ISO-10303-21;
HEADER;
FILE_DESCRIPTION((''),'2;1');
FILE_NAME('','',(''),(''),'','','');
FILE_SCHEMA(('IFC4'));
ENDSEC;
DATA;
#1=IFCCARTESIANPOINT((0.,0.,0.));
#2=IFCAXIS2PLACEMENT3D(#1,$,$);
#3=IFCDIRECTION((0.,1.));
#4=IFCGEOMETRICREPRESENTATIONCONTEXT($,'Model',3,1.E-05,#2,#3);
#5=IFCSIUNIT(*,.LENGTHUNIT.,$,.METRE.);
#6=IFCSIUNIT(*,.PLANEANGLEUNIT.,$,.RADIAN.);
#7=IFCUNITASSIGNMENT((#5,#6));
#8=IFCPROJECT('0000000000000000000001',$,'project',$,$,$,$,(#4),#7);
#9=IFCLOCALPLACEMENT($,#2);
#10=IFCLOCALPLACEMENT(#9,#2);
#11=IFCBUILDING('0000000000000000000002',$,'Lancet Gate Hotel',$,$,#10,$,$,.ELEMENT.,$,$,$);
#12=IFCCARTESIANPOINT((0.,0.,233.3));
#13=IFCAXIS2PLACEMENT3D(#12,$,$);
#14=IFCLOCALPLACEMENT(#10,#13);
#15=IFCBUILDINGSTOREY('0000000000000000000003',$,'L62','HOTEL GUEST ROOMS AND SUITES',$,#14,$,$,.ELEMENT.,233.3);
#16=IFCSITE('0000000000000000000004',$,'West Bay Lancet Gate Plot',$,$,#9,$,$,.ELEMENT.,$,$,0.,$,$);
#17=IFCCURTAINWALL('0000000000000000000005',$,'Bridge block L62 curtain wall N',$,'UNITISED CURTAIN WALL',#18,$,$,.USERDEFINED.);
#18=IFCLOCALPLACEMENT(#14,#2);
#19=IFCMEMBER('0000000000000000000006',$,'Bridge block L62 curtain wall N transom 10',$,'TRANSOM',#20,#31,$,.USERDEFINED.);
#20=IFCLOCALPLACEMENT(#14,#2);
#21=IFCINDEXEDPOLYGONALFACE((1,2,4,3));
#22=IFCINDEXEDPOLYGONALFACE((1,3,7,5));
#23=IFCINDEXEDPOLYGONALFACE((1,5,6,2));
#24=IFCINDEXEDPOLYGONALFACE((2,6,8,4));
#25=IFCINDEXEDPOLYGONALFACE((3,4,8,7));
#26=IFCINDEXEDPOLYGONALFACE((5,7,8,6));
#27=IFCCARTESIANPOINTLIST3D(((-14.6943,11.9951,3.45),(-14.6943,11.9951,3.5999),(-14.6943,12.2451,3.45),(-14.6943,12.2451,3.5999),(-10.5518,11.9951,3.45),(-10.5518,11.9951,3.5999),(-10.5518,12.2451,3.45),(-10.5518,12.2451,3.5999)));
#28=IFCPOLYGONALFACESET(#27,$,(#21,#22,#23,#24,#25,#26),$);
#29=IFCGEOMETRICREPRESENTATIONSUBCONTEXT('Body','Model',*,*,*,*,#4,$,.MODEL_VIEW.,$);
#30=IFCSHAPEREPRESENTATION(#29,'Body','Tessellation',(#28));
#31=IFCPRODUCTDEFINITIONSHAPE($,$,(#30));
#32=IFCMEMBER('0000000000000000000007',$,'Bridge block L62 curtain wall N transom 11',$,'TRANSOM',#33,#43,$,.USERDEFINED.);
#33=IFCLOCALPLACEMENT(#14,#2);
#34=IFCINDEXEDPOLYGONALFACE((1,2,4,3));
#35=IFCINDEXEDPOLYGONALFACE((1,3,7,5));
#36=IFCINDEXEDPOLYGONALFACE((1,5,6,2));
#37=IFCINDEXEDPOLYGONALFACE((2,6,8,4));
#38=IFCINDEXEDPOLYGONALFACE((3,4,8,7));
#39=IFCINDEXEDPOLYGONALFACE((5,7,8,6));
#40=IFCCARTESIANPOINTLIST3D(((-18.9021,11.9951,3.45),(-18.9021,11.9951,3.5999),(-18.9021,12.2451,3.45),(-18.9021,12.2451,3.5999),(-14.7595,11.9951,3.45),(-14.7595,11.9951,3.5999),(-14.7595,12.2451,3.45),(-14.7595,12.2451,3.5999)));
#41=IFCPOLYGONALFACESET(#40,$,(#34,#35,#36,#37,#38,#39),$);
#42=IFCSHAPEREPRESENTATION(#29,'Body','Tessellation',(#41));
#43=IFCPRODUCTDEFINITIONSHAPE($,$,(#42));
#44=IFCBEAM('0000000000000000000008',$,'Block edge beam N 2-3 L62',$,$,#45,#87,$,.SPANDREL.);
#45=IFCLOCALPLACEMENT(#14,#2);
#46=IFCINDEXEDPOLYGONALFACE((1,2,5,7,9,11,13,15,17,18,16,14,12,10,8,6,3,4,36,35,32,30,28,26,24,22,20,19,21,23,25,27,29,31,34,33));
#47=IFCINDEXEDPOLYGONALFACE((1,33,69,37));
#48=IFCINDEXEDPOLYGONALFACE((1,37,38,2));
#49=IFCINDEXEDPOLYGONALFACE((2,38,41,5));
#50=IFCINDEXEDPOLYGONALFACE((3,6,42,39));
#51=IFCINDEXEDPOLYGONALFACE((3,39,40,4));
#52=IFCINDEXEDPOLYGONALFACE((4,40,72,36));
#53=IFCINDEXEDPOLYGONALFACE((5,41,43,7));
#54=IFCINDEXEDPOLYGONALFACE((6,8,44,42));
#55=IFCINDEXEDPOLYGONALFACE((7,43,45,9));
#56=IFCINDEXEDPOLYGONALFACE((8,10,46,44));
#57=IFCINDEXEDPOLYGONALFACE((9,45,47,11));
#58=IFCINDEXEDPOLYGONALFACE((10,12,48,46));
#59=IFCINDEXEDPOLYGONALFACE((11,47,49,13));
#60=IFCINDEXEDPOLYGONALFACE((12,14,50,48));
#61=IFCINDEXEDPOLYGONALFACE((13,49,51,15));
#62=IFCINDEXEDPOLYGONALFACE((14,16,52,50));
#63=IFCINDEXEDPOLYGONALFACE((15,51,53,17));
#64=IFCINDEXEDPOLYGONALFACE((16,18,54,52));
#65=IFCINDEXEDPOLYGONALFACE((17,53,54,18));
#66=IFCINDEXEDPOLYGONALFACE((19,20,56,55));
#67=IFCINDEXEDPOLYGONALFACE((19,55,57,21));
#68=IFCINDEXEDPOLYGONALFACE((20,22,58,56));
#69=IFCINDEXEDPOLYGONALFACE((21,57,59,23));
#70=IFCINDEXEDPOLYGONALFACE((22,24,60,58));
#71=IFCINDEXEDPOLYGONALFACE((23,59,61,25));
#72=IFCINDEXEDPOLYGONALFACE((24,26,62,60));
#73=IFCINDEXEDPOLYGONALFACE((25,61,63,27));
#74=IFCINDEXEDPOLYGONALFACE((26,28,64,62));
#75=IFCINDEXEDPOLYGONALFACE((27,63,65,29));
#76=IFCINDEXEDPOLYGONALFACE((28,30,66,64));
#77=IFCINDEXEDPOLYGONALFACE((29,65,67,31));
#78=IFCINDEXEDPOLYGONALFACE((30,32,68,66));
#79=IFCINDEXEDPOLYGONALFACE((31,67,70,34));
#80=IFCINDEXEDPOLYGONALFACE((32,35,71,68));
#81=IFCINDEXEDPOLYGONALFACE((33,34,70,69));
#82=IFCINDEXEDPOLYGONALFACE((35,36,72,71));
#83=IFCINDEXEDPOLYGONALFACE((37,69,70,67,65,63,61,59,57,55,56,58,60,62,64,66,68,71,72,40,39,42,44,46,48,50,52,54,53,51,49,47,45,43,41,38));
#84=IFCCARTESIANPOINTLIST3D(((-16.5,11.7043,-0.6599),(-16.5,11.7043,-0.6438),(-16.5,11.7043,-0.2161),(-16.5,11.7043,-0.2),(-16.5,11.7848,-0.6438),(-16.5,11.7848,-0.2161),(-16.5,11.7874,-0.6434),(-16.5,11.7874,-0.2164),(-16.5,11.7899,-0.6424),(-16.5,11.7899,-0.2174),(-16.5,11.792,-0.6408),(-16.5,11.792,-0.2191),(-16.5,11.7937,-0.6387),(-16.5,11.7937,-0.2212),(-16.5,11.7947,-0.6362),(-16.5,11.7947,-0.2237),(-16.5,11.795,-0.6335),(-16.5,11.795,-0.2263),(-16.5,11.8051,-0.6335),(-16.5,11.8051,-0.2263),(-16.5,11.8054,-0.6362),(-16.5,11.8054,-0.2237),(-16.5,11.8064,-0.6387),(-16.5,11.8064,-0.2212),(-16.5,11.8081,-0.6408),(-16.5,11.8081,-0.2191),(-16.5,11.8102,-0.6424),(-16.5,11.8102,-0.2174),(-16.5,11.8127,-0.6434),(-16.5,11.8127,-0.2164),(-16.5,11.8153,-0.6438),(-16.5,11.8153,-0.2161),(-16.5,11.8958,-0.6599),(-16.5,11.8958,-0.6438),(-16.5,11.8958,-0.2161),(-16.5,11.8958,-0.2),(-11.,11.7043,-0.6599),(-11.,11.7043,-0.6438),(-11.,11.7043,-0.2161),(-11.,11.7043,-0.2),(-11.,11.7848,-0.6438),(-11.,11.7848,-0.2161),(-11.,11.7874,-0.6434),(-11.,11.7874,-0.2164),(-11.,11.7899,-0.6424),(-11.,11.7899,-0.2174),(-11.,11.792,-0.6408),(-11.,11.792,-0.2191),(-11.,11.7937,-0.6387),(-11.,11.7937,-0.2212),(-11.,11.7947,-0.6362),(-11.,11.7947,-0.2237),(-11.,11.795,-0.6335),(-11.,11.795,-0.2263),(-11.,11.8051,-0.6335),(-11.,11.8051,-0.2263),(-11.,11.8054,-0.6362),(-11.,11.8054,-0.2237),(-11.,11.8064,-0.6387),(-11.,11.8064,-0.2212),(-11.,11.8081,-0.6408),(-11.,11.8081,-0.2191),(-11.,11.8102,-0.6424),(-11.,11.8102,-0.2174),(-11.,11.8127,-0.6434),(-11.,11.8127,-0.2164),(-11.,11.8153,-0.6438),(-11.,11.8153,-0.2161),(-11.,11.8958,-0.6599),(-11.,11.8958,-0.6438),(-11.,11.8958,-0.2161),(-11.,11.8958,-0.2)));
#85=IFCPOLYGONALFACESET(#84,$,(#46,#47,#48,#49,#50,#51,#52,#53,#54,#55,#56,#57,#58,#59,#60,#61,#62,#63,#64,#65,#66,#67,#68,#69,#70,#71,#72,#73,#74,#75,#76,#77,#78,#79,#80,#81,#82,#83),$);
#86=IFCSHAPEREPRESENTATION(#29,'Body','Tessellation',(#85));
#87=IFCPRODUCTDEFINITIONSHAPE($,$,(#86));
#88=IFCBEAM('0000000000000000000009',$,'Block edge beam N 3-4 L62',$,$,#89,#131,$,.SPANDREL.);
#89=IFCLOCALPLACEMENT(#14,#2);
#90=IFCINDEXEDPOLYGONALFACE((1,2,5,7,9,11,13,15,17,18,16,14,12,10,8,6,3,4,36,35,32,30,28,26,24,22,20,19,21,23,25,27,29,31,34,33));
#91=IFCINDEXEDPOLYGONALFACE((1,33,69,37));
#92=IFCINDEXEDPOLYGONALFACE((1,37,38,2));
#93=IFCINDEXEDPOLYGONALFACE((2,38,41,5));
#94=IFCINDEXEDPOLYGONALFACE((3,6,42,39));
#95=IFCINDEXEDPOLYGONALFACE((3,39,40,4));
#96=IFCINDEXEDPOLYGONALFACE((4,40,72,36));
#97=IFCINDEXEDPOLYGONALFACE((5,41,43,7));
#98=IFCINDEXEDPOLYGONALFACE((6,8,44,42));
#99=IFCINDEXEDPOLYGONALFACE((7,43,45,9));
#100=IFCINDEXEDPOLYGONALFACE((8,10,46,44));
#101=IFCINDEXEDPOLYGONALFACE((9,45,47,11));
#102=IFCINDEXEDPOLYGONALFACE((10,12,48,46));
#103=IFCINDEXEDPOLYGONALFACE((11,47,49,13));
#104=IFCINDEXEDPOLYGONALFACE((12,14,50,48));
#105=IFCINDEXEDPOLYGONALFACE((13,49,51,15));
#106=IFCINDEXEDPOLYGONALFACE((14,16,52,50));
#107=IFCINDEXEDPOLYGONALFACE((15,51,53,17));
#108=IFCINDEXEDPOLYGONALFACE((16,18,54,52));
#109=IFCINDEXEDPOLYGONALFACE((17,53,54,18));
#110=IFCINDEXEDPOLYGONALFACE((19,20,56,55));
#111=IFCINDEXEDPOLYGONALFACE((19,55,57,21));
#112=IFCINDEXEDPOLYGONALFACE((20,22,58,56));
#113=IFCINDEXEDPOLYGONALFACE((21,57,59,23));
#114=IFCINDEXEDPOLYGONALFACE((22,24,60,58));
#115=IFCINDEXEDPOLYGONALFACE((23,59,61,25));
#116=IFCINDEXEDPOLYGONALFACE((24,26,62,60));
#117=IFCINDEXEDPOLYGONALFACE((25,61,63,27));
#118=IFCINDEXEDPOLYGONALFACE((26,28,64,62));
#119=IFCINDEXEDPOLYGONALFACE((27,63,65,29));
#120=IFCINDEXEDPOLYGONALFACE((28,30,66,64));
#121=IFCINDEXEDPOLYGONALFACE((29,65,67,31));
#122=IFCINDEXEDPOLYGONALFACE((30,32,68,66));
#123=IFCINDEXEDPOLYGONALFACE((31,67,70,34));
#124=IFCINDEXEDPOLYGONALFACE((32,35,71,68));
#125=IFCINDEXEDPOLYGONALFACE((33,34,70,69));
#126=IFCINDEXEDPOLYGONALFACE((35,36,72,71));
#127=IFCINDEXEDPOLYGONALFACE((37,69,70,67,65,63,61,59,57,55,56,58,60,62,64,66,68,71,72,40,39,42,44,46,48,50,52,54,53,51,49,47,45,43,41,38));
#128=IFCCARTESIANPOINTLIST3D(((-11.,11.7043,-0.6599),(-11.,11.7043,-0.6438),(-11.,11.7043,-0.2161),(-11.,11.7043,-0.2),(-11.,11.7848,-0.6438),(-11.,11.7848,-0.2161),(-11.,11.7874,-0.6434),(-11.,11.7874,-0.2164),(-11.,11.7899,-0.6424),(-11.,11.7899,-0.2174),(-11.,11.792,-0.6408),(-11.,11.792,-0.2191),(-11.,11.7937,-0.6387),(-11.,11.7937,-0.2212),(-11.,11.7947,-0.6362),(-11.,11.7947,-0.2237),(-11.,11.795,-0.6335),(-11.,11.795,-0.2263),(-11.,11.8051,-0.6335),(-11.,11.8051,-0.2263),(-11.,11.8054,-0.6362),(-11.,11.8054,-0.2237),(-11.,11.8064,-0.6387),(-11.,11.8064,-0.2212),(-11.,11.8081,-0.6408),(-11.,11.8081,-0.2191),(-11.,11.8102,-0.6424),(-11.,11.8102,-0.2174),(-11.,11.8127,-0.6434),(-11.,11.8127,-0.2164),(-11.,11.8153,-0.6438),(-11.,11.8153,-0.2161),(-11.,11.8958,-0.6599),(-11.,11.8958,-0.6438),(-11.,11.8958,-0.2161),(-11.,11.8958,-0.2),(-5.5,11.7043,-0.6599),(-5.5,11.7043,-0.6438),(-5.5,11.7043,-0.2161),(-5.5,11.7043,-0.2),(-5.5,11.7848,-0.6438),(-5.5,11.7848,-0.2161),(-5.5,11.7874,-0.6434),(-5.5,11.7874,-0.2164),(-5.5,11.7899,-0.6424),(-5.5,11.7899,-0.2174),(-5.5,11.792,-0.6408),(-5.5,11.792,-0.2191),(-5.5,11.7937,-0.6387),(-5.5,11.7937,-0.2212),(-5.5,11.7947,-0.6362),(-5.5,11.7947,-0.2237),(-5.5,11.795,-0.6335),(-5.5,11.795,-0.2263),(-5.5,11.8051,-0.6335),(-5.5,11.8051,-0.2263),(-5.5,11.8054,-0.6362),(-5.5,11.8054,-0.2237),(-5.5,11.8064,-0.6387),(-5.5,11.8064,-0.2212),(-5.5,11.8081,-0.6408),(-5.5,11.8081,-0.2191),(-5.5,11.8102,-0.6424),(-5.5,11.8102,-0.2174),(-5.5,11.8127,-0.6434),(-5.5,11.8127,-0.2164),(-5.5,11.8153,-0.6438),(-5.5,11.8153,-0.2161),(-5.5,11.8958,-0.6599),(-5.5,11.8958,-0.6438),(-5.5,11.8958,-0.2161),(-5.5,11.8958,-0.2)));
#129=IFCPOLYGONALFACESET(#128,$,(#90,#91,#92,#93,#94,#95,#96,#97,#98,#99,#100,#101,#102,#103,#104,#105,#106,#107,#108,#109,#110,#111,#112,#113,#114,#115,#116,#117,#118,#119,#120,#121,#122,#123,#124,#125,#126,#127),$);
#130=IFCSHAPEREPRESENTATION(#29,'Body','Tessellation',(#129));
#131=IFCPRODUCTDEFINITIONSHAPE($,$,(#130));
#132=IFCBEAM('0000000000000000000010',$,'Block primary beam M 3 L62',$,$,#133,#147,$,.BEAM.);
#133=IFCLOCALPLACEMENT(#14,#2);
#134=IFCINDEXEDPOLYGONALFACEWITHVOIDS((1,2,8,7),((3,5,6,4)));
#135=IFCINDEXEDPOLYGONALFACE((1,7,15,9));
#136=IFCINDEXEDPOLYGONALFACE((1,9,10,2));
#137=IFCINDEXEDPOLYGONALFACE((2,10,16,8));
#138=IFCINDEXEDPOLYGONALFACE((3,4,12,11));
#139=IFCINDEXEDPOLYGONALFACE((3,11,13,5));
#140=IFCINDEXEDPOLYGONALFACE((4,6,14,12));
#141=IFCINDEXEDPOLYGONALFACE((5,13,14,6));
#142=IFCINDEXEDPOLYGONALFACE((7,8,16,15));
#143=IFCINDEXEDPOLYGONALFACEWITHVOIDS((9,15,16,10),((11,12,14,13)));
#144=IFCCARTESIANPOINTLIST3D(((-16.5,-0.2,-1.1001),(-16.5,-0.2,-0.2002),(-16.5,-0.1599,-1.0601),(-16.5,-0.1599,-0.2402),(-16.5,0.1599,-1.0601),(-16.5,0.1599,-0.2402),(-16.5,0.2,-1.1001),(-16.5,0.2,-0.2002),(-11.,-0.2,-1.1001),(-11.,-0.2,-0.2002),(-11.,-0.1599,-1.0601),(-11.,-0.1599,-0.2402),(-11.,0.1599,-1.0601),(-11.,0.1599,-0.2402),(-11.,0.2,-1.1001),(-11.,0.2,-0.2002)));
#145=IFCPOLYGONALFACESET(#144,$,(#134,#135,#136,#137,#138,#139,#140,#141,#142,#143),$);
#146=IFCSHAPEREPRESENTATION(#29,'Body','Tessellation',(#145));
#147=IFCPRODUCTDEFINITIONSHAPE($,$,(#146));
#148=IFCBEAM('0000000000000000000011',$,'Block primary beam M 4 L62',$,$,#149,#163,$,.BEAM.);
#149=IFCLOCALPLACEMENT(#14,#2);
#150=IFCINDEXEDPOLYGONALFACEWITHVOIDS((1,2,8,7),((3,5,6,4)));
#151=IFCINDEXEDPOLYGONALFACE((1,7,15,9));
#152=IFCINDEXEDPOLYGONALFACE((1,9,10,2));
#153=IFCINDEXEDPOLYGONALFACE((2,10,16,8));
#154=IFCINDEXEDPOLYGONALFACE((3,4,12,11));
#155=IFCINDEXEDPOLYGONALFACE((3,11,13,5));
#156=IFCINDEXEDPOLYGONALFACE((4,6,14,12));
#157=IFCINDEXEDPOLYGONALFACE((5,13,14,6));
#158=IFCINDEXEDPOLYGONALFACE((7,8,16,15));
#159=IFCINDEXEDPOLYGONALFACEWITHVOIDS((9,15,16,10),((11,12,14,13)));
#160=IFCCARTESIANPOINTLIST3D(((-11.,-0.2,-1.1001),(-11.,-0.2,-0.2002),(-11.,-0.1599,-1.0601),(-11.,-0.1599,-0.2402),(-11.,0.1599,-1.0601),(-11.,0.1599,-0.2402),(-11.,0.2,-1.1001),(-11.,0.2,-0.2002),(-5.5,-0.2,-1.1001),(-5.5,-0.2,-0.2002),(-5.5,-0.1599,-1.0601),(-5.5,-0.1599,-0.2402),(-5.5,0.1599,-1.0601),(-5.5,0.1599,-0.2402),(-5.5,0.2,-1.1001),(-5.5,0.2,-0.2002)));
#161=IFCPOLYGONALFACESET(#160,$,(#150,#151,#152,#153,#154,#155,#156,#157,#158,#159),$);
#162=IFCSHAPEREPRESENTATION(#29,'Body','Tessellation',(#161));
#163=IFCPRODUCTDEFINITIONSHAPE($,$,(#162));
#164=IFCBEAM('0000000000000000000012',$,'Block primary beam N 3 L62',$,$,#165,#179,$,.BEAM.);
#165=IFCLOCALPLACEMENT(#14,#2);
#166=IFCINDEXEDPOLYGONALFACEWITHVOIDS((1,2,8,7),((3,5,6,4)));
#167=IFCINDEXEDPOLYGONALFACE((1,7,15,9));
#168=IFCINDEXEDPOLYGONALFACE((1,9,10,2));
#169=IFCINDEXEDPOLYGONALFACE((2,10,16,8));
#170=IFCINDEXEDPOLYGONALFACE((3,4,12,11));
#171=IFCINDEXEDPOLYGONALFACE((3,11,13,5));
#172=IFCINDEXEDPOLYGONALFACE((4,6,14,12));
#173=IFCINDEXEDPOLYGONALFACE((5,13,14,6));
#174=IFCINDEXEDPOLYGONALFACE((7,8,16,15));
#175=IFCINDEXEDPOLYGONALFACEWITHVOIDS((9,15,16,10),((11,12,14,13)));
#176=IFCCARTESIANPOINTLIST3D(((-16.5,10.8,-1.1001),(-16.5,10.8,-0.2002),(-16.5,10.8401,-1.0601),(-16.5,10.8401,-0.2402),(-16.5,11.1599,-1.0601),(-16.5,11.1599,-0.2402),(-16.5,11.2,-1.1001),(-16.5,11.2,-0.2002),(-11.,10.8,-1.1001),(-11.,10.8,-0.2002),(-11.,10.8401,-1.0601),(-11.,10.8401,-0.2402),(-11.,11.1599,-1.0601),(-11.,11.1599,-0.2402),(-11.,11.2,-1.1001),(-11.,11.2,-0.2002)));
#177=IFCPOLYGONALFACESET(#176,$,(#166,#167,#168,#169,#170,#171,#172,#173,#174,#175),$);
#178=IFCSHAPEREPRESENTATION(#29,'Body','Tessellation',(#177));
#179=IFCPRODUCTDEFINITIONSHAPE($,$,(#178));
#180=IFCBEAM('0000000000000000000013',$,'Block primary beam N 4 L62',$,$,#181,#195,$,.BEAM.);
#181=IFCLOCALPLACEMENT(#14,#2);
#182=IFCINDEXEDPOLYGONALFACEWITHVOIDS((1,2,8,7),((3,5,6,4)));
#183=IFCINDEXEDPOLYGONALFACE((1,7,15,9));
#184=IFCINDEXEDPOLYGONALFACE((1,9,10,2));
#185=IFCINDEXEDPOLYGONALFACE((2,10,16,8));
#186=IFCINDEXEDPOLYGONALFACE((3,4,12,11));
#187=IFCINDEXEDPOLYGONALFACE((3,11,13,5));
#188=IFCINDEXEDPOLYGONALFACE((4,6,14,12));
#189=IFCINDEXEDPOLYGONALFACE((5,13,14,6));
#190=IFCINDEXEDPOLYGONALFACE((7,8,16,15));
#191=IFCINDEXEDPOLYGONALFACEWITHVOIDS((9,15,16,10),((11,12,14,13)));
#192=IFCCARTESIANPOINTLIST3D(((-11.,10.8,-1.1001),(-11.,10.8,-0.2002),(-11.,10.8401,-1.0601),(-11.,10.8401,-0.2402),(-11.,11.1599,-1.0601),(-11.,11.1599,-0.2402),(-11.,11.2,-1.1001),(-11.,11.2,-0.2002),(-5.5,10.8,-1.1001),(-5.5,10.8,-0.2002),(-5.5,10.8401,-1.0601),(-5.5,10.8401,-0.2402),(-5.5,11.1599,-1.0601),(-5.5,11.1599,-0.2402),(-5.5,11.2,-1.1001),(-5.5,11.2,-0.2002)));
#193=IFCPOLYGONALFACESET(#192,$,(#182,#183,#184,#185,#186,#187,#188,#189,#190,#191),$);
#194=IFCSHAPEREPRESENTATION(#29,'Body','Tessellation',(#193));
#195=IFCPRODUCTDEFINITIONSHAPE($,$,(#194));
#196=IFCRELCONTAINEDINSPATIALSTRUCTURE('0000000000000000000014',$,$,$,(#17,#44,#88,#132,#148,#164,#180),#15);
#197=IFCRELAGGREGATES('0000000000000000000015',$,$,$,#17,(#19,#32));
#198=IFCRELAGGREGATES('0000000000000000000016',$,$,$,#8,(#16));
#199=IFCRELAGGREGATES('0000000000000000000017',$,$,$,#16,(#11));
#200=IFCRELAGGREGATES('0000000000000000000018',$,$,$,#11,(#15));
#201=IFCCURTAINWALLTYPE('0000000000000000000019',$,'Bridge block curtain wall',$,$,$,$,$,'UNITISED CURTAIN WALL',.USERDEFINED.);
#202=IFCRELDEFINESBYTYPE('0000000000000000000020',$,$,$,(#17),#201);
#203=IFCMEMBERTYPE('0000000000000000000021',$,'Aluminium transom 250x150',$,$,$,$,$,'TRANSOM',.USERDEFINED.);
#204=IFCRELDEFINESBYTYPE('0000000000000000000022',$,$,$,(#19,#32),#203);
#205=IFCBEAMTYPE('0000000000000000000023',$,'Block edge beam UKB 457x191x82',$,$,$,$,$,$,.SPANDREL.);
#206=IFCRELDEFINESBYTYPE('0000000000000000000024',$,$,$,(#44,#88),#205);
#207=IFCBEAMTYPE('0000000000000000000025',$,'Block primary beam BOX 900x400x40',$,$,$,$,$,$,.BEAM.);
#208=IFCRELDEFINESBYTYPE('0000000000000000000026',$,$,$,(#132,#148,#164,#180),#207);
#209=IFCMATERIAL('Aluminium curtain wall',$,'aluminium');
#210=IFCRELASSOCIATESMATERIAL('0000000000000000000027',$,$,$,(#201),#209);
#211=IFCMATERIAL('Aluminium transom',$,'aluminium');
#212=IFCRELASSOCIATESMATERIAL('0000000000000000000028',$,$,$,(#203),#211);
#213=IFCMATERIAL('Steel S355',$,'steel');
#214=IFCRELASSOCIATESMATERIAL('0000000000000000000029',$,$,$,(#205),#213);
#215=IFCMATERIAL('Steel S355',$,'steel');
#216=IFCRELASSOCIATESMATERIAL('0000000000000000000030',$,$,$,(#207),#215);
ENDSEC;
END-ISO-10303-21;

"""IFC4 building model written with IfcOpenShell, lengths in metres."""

from ifc_helpers import new_model, si_unit, direction, frame, origin, origin_2d, place, context, subcontext, project, spatial, rectangle, hollow_rectangle, i_section, extrude, material, material_profile, profile_set, type_object, element, aggregate, save


model = new_model("IFC4")

# Units and contexts
model_context = context("Model", 3, precision=1e-05, world=origin(), true_north=direction((0.0, 1.0)))
body_context = subcontext(model_context, "Body", "Model", "MODEL_VIEW")
ifc_project = project(units=[si_unit("LENGTHUNIT", "METRE"), si_unit("PLANEANGLEUNIT", "RADIAN")], contexts=[model_context])

# Site, building, storey
site_placement = place(None, origin())
site = spatial("IfcSite", under=ifc_project, at=site_placement, Name="West Bay Lancet Gate Plot", CompositionType="ELEMENT", RefElevation=0.0)
building_placement = place(site_placement, origin())
building = spatial("IfcBuilding", under=site, at=building_placement, Name="Lancet Gate Hotel", CompositionType="ELEMENT")
storey_placement = place(building_placement, frame((0.0, 0.0, 233.3)))
storey = spatial("IfcBuildingStorey", under=building, at=storey_placement, Name="L62", Description="HOTEL GUEST ROOMS AND SUITES", CompositionType="ELEMENT", Elevation=233.3)

# Curtain wall, members
ifc_material_1 = material(Name="Aluminium curtain wall", Category="aluminium")
curtain_wall_type = type_object("IfcCurtainWallType", Name="Bridge block curtain wall", ElementType="UNITISED CURTAIN WALL", PredefinedType="USERDEFINED", material=ifc_material_1)
curtain_wall_placement = place(storey_placement, origin())
curtain_wall = element("IfcCurtainWall", 1, at=curtain_wall_placement, inside=storey, type_object=curtain_wall_type, Name="Bridge block L62 curtain wall N", ObjectType="UNITISED CURTAIN WALL", PredefinedType="USERDEFINED")
ifc_material_2 = material(Name="Aluminium transom", Category="aluminium")
ifc_material_profile_1 = material_profile(ifc_material_2, rectangle(XDim=0.25, YDim=0.1499, at=origin_2d()), Name="TRANSOM 250x150")
ifc_profile_set_1 = profile_set([ifc_material_profile_1], Name="Aluminium transom")
member_type_1 = type_object("IfcMemberType", Name="Aluminium transom 250x150", ElementType="TRANSOM", PredefinedType="USERDEFINED", material=ifc_profile_set_1)
member_1_placement = place(storey_placement, frame((-10.5518, 12.1201, 3.5249), z_axis=(-1.0, 0.0, 0.0), x_axis=(0.0, -1.0, 0.0)))
member_1 = element("IfcMember", 2, at=member_1_placement, type_object=member_type_1, Name="Bridge block L62 curtain wall N transom 10", ObjectType="TRANSOM", PredefinedType="USERDEFINED", context=body_context, shape_type="SweptSolid", body=[
    extrude(rectangle(XDim=0.25, YDim=0.1499, at=origin_2d()), origin(), (0.0, 0.0, 1.0), 4.1426),
])
member_2_placement = place(storey_placement, frame((-14.7595, 12.1201, 3.5249), z_axis=(-1.0, 0.0, 0.0), x_axis=(0.0, -1.0, 0.0)))
member_2 = element("IfcMember", 3, at=member_2_placement, type_object=member_type_1, Name="Bridge block L62 curtain wall N transom 11", ObjectType="TRANSOM", PredefinedType="USERDEFINED", context=body_context, shape_type="SweptSolid", body=[
    extrude(rectangle(XDim=0.25, YDim=0.1499, at=origin_2d()), origin(), (0.0, 0.0, 1.0), 4.1426),
])

# Beams
ifc_material_3 = material(Name="Steel S355", Category="steel")
ifc_material_profile_2 = material_profile(ifc_material_3, i_section(OverallWidth=0.1914, OverallDepth=0.46, WebThickness=0.01, FlangeThickness=0.0161, FilletRadius=0.0103, at=origin_2d()), Name="UKB 457x191x82")
ifc_profile_set_2 = profile_set([ifc_material_profile_2], Name="Steel S355")
beam_type_1 = type_object("IfcBeamType", Name="Block edge beam UKB 457x191x82", PredefinedType="SPANDREL", material=ifc_profile_set_2)
for number, where, z_axis, x_axis, name in (
    (4, (-16.5, 11.8, -0.4299), (1.0, 0.0, 0.0), (0.0, 1.0, 0.0), "Block edge beam N 2-3 L62"),
    (5, (-11.0, 11.8, -0.4299), (1.0, 0.0, 0.0), (0.0, 1.0, 0.0), "Block edge beam N 3-4 L62"),
):
    element("IfcBeam", number, at=place(storey_placement, frame(where, z_axis=z_axis, x_axis=x_axis)), inside=storey, type_object=beam_type_1, Name=name, PredefinedType="SPANDREL", context=body_context, shape_type="SweptSolid", body=[
        extrude(i_section(OverallWidth=0.1914, OverallDepth=0.46, WebThickness=0.01, FlangeThickness=0.0161, FilletRadius=0.0103, at=origin_2d()), origin(), (0.0, 0.0, 1.0), 5.5),
    ])
ifc_material_4 = material(Name="Steel S355", Category="steel")
ifc_material_profile_3 = material_profile(ifc_material_4, hollow_rectangle(XDim=0.3999, YDim=0.8999, WallThickness=0.04, at=origin_2d()), Name="BOX 900x400x40")
ifc_profile_set_3 = profile_set([ifc_material_profile_3], Name="Steel S355")
beam_type_2 = type_object("IfcBeamType", Name="Block primary beam BOX 900x400x40", PredefinedType="BEAM", material=ifc_profile_set_3)
for number, where, z_axis, x_axis, name in (
    (6, (-16.5, 0.0, -0.6501), (1.0, 0.0, 0.0), (0.0, 1.0, 0.0), "Block primary beam M 3 L62"),
    (7, (-11.0, 0.0, -0.6501), (1.0, 0.0, 0.0), (0.0, 1.0, 0.0), "Block primary beam M 4 L62"),
    (8, (-16.5, 11.0, -0.6501), (1.0, 0.0, 0.0), (0.0, 1.0, 0.0), "Block primary beam N 3 L62"),
    (9, (-11.0, 11.0, -0.6501), (1.0, 0.0, 0.0), (0.0, 1.0, 0.0), "Block primary beam N 4 L62"),
):
    element("IfcBeam", number, at=place(storey_placement, frame(where, z_axis=z_axis, x_axis=x_axis)), inside=storey, type_object=beam_type_2, Name=name, PredefinedType="BEAM", context=body_context, shape_type="SweptSolid", body=[
        extrude(hollow_rectangle(XDim=0.3999, YDim=0.8999, WallThickness=0.04, at=origin_2d()), origin(), (0.0, 0.0, 1.0), 5.5),
    ])

aggregate(curtain_wall, [member_1, member_2])

save(model, "model.ifc")
